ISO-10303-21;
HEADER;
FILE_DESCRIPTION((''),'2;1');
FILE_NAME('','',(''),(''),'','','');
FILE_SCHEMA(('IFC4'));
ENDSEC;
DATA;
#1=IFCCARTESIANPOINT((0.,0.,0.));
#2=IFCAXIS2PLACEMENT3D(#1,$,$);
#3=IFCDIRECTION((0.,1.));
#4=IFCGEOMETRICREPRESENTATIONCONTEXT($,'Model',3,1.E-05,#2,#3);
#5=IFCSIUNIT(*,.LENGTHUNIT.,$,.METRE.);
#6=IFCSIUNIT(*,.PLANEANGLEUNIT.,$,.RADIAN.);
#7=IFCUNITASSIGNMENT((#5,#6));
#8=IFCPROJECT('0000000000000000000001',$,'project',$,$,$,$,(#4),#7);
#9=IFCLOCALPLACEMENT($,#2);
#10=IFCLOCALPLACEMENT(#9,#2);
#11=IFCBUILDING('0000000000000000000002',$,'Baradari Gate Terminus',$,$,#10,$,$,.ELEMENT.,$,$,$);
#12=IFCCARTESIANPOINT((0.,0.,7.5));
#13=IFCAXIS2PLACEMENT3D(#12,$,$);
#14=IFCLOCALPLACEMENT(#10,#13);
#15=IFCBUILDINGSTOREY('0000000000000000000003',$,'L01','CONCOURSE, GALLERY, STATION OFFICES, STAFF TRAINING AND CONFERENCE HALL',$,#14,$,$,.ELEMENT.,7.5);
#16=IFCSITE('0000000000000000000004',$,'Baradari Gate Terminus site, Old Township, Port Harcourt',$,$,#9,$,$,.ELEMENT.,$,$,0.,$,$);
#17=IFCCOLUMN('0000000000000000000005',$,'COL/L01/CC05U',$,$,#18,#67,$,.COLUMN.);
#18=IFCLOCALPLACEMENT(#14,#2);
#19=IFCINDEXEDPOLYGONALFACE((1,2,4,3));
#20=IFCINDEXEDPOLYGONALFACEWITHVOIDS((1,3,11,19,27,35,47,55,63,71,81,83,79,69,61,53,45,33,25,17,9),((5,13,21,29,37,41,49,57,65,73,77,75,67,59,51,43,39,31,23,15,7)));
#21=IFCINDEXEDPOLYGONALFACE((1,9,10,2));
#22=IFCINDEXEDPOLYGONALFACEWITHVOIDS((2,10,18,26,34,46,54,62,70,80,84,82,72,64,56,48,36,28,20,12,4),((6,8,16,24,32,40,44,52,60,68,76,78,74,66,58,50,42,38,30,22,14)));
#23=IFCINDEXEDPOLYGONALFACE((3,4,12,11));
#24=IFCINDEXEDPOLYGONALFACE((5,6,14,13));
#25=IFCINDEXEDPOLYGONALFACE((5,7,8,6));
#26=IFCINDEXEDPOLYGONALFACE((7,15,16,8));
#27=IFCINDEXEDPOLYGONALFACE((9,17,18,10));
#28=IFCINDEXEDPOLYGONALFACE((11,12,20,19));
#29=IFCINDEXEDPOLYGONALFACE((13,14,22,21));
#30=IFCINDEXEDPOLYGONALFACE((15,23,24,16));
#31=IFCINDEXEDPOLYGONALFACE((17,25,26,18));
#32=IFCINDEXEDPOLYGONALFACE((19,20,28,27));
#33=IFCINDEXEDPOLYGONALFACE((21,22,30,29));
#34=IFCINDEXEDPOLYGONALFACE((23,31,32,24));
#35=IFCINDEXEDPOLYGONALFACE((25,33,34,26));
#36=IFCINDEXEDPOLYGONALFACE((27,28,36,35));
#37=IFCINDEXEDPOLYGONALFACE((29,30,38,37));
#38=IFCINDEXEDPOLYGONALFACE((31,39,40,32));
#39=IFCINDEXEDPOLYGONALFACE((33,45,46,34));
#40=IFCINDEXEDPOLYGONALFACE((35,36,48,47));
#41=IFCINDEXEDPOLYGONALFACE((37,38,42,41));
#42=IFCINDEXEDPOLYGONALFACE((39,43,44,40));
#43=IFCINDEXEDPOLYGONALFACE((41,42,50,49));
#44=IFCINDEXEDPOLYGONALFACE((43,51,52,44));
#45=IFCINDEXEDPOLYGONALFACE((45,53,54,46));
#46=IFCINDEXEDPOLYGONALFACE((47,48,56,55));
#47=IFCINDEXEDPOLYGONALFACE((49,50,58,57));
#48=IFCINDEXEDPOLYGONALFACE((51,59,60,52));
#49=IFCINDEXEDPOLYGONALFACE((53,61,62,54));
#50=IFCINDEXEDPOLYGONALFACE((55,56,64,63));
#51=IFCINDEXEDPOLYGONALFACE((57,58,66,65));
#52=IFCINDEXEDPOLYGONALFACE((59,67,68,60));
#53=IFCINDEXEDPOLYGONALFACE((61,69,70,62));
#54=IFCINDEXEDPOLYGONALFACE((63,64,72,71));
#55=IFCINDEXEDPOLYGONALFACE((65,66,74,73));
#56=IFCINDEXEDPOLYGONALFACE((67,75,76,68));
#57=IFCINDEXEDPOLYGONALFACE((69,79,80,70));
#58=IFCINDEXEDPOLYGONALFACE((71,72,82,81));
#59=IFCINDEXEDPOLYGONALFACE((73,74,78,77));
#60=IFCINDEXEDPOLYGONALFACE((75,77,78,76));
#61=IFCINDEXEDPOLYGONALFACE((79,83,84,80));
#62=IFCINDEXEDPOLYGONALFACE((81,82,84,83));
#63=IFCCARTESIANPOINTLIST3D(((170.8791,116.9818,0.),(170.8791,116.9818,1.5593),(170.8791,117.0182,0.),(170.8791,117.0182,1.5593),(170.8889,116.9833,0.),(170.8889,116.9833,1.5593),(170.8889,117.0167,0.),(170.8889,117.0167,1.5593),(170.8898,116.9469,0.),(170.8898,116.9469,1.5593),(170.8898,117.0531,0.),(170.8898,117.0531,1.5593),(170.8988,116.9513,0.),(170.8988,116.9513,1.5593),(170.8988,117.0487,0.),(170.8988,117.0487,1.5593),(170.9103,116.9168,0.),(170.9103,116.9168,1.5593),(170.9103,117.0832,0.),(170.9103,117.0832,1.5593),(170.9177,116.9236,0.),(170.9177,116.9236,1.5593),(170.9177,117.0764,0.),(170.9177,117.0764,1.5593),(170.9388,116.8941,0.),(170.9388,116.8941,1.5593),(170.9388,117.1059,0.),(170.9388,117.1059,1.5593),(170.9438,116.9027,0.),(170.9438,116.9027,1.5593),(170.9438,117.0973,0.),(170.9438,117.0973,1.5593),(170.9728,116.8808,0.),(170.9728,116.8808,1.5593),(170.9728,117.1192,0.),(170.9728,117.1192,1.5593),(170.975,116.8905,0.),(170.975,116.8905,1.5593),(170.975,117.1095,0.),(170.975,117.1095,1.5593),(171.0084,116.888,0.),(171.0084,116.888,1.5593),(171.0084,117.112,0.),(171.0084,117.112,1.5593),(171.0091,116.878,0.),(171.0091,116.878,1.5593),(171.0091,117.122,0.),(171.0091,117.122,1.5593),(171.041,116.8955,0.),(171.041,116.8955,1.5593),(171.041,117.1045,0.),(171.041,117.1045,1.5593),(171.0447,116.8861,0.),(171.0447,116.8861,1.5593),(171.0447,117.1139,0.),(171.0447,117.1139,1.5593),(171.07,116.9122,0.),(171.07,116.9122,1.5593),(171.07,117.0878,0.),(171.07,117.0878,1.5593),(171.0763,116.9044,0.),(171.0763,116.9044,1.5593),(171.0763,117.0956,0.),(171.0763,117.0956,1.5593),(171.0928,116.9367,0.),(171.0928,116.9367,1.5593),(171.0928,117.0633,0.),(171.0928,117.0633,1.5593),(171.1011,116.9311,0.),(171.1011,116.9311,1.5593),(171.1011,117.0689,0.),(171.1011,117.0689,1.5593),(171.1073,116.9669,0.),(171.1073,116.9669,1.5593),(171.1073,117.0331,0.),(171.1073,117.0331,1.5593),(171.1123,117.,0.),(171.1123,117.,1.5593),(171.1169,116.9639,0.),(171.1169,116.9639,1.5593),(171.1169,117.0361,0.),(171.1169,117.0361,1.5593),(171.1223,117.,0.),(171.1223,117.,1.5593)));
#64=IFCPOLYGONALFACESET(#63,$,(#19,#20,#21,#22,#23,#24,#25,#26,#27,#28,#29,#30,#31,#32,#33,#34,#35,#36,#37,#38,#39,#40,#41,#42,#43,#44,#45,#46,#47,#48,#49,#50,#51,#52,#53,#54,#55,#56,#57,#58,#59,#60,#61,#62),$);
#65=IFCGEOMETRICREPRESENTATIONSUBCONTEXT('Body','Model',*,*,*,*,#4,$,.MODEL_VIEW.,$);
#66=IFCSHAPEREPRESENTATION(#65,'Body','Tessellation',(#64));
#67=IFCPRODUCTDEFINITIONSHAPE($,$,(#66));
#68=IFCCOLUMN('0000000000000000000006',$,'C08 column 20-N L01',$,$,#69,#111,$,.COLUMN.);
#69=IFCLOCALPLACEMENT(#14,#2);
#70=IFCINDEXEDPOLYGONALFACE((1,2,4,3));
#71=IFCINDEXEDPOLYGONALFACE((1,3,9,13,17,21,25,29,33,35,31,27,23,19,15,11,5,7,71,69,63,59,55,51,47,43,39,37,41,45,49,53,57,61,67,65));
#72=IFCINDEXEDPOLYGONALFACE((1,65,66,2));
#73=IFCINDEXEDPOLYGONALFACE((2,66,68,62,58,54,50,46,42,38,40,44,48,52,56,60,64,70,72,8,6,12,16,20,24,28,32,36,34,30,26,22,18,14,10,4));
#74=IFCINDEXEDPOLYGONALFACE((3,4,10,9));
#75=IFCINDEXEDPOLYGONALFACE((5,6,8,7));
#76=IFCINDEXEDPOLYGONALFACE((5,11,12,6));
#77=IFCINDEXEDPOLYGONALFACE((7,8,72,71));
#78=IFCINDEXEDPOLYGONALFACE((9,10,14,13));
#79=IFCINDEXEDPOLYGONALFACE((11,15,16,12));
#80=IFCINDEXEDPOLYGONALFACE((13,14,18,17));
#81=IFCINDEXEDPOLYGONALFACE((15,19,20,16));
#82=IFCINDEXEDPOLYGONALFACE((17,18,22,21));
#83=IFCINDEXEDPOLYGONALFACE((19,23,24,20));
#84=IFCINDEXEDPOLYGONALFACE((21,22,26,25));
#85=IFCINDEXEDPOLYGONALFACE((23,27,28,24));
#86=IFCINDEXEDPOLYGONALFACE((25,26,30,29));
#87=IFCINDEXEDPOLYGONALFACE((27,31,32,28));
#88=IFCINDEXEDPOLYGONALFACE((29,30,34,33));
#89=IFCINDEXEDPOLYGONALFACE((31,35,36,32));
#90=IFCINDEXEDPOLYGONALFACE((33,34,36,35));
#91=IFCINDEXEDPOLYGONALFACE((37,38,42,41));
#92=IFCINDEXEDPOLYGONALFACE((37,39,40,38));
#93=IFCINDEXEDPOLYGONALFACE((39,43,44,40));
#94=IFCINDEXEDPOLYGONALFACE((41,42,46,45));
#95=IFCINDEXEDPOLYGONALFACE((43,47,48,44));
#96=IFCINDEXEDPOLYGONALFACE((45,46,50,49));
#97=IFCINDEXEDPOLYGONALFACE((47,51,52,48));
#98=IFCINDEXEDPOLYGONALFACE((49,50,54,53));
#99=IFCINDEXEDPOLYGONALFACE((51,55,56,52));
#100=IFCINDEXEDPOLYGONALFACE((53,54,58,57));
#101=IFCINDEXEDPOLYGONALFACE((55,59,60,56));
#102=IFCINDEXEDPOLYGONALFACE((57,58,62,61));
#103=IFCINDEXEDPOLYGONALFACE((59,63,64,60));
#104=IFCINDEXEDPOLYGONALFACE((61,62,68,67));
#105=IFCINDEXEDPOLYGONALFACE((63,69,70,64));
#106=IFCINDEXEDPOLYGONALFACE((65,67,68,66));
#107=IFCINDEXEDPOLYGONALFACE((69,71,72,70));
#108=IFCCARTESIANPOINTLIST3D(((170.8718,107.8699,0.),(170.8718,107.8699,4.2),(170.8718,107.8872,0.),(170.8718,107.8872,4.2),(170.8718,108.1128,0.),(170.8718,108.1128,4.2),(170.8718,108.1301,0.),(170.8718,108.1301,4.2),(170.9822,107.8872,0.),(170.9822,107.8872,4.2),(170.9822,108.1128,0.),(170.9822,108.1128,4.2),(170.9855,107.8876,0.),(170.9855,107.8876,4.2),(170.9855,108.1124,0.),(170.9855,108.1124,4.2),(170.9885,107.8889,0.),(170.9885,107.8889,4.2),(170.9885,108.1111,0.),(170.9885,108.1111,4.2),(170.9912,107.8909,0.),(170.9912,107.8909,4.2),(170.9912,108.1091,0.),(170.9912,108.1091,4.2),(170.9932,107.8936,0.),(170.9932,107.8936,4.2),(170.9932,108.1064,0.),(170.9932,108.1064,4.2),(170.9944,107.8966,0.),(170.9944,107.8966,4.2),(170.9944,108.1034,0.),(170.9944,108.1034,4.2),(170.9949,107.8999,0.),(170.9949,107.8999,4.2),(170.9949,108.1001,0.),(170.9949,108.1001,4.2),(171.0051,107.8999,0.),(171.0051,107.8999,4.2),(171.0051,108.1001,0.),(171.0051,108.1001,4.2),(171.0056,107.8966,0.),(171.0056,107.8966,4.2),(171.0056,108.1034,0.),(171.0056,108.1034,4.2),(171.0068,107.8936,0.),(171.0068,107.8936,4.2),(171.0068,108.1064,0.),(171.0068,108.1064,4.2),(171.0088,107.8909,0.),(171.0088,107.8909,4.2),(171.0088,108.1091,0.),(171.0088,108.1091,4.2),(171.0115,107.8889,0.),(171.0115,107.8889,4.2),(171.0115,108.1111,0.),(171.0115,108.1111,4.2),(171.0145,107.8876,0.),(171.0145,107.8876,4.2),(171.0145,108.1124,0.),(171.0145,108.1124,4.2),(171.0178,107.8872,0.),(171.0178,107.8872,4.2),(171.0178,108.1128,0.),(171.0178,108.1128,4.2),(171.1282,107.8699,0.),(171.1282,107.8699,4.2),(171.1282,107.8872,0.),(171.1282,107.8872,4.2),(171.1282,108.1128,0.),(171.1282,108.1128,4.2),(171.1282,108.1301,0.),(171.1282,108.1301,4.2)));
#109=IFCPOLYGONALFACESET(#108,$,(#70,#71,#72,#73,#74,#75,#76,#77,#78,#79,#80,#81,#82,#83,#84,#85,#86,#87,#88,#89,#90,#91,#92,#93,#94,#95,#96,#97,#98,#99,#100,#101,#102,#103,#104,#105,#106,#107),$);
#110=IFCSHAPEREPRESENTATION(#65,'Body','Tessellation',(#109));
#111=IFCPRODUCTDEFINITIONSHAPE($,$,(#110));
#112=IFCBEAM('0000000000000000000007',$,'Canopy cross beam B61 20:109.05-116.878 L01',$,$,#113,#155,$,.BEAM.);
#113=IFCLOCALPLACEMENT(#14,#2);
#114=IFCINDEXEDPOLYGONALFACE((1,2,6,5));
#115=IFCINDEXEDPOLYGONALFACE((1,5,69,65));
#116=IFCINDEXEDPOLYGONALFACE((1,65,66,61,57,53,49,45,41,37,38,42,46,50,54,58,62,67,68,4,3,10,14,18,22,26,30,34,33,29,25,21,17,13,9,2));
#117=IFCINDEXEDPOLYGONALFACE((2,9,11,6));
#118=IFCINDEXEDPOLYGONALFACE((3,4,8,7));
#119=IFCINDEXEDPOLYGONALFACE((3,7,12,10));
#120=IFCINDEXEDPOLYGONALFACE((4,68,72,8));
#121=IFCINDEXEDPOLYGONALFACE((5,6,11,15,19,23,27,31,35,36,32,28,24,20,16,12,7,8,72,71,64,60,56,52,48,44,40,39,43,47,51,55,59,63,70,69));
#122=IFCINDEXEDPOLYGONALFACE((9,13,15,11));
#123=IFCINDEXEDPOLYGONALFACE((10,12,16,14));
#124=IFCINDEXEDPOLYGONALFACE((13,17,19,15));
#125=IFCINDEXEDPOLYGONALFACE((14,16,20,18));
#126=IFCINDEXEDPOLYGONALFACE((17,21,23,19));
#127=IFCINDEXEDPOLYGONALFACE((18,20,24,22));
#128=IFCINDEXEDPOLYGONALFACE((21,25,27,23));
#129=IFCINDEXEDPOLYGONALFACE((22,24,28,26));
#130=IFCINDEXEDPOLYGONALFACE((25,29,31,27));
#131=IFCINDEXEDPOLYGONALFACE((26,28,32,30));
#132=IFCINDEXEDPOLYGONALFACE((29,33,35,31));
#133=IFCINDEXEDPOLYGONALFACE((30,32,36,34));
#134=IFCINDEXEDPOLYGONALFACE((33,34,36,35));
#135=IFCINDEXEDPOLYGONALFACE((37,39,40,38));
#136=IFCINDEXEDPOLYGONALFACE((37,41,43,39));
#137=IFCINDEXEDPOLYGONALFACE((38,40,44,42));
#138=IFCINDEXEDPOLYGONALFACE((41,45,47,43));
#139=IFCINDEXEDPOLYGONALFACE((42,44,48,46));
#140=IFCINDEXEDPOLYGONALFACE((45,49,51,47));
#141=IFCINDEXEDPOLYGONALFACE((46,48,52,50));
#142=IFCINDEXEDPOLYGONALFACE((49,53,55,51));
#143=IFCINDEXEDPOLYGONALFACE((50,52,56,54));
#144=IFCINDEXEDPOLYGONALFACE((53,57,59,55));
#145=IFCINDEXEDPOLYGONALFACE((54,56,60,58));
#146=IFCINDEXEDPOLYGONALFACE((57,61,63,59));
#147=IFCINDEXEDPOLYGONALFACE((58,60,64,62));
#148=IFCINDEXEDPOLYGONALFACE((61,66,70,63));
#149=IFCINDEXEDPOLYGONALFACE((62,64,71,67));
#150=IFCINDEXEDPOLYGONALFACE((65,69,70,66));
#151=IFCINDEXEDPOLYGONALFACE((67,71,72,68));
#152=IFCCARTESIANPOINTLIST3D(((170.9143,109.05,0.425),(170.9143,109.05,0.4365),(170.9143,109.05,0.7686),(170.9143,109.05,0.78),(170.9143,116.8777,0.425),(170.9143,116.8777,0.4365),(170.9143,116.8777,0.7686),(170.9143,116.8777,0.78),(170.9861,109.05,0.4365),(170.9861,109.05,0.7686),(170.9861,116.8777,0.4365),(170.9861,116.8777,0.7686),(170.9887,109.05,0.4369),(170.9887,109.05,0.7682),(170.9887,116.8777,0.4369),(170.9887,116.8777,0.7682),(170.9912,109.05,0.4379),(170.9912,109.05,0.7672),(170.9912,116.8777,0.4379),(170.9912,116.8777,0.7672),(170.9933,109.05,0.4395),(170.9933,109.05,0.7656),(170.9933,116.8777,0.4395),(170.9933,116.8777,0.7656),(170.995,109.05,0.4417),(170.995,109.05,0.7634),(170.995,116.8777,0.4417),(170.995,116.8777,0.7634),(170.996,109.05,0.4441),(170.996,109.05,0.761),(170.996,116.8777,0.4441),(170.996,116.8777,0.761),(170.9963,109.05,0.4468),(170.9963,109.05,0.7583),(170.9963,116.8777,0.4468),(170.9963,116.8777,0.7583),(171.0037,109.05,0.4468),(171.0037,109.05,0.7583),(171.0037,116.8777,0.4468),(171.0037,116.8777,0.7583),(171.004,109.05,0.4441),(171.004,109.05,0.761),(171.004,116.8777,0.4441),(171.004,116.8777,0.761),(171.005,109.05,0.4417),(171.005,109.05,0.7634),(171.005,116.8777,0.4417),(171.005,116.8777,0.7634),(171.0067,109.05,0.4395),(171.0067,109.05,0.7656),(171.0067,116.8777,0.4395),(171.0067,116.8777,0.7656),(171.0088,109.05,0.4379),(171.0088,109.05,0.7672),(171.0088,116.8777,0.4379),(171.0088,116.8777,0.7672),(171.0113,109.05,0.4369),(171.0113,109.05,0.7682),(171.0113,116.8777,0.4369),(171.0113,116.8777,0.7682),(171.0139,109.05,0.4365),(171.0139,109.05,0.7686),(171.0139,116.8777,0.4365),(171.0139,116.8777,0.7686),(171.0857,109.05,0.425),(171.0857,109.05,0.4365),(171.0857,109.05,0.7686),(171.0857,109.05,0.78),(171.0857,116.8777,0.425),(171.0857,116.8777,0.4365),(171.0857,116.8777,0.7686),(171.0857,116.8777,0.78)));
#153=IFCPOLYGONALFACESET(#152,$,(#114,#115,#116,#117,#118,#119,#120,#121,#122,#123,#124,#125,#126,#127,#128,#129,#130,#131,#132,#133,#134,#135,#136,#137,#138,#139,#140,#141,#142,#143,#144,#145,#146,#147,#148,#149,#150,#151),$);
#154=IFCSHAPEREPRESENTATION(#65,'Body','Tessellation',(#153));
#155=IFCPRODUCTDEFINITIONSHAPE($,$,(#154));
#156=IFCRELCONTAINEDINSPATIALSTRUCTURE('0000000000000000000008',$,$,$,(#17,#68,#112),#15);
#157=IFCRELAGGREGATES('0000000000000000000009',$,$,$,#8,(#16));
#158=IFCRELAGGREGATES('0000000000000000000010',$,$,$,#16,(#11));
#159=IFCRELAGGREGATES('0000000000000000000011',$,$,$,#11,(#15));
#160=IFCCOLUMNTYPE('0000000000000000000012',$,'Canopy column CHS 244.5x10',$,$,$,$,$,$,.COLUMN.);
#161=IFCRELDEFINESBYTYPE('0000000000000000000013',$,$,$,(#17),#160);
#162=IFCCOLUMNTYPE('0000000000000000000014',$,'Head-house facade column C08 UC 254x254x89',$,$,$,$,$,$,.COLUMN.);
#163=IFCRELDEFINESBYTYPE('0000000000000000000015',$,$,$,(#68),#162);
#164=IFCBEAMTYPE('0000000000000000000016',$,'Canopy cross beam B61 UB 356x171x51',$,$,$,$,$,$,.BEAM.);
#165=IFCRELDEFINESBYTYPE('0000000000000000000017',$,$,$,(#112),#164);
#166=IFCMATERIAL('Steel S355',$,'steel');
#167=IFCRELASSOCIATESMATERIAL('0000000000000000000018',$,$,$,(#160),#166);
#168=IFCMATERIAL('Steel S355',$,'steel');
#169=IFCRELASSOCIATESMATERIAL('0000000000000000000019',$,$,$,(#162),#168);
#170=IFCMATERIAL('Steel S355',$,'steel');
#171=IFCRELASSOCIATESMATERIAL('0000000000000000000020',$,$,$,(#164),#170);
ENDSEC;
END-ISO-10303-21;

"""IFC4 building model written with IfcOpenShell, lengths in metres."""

from ifc_helpers import new_model, si_unit, direction, frame, origin, origin_2d, place, context, subcontext, project, spatial, hollow_circle, i_section, extrude, material, material_profile, profile_set, type_object, element, save


model = new_model("IFC4")

# Units and contexts
model_context = context("Model", 3, precision=1e-05, world=origin(), true_north=direction((0.0, 1.0)))
body_context = subcontext(model_context, "Body", "Model", "MODEL_VIEW")
ifc_project = project(units=[si_unit("LENGTHUNIT", "METRE"), si_unit("PLANEANGLEUNIT", "RADIAN")], contexts=[model_context])

# Site, building, storey
site_placement = place(None, origin())
site = spatial("IfcSite", under=ifc_project, at=site_placement, Name="Baradari Gate Terminus site, Old Township, Port Harcourt", CompositionType="ELEMENT", RefElevation=0.0)
building_placement = place(site_placement, origin())
building = spatial("IfcBuilding", under=site, at=building_placement, Name="Baradari Gate Terminus", CompositionType="ELEMENT")
storey_placement = place(building_placement, frame((0.0, 0.0, 7.5)))
storey = spatial("IfcBuildingStorey", under=building, at=storey_placement, Name="L01", Description="CONCOURSE, GALLERY, STATION OFFICES, STAFF TRAINING AND CONFERENCE HALL", CompositionType="ELEMENT", Elevation=7.5)

# Columns
ifc_material_1 = material(Name="Steel S355", Category="steel")
ifc_material_profile_1 = material_profile(ifc_material_1, hollow_circle(Radius=0.1223, WallThickness=0.01, at=origin_2d()), Name="CHS 244.5x10")
ifc_profile_set_1 = profile_set([ifc_material_profile_1], Name="Steel S355")
column_type_1 = type_object("IfcColumnType", Name="Canopy column CHS 244.5x10", PredefinedType="COLUMN", material=ifc_profile_set_1)
column_1_placement = place(storey_placement, frame((171.0, 117.0, 0.0), z_axis=(0.0, 0.0, 1.0), x_axis=(1.0, 0.0, 0.0)))
element("IfcColumn", 1, at=column_1_placement, inside=storey, type_object=column_type_1, Name="COL/L01/CC05U", PredefinedType="COLUMN", context=body_context, shape_type="SweptSolid", body=[
    extrude(hollow_circle(Radius=0.1223, WallThickness=0.01, at=origin_2d()), origin(), (0.0, 0.0, 1.0), 1.5593),
])
ifc_material_2 = material(Name="Steel S355", Category="steel")
ifc_material_profile_2 = material_profile(ifc_material_2, i_section(OverallWidth=0.2563, OverallDepth=0.2603, WebThickness=0.0103, FlangeThickness=0.0173, FilletRadius=0.0127, at=origin_2d()), Name="UC 254x254x89")
ifc_profile_set_2 = profile_set([ifc_material_profile_2], Name="Steel S355")
column_type_2 = type_object("IfcColumnType", Name="Head-house facade column C08 UC 254x254x89", PredefinedType="COLUMN", material=ifc_profile_set_2)
column_2_placement = place(storey_placement, frame((171.0, 108.0, 0.0), z_axis=(0.0, 0.0, 1.0), x_axis=(1.0, 0.0, 0.0)))
element("IfcColumn", 2, at=column_2_placement, inside=storey, type_object=column_type_2, Name="C08 column 20-N L01", PredefinedType="COLUMN", context=body_context, shape_type="SweptSolid", body=[
    extrude(i_section(OverallWidth=0.2563, OverallDepth=0.2603, WebThickness=0.0103, FlangeThickness=0.0173, FilletRadius=0.0127, at=origin_2d()), origin(), (0.0, 0.0, 1.0), 4.2),
])

# Beam
ifc_material_3 = material(Name="Steel S355", Category="steel")
ifc_material_profile_3 = material_profile(ifc_material_3, i_section(OverallWidth=0.1714, OverallDepth=0.355, WebThickness=0.0073, FlangeThickness=0.0115, FilletRadius=0.0103, at=origin_2d()), Name="UB 356x171x51")
ifc_profile_set_3 = profile_set([ifc_material_profile_3], Name="Steel S355")
beam_type_1 = type_object("IfcBeamType", Name="Canopy cross beam B61 UB 356x171x51", PredefinedType="BEAM", material=ifc_profile_set_3)
beam_1_placement = place(storey_placement, frame((171.0, 109.05, 0.6025), z_axis=(0.0, 1.0, 0.0), x_axis=(-1.0, 0.0, 0.0)))
element("IfcBeam", 3, at=beam_1_placement, inside=storey, type_object=beam_type_1, Name="Canopy cross beam B61 20:109.05-116.878 L01", PredefinedType="BEAM", context=body_context, shape_type="SweptSolid", body=[
    extrude(i_section(OverallWidth=0.1714, OverallDepth=0.355, WebThickness=0.0073, FlangeThickness=0.0115, FilletRadius=0.0103, at=origin_2d()), origin(), (0.0, 0.0, 1.0), 7.8276),
])

save(model, "model.ifc")
